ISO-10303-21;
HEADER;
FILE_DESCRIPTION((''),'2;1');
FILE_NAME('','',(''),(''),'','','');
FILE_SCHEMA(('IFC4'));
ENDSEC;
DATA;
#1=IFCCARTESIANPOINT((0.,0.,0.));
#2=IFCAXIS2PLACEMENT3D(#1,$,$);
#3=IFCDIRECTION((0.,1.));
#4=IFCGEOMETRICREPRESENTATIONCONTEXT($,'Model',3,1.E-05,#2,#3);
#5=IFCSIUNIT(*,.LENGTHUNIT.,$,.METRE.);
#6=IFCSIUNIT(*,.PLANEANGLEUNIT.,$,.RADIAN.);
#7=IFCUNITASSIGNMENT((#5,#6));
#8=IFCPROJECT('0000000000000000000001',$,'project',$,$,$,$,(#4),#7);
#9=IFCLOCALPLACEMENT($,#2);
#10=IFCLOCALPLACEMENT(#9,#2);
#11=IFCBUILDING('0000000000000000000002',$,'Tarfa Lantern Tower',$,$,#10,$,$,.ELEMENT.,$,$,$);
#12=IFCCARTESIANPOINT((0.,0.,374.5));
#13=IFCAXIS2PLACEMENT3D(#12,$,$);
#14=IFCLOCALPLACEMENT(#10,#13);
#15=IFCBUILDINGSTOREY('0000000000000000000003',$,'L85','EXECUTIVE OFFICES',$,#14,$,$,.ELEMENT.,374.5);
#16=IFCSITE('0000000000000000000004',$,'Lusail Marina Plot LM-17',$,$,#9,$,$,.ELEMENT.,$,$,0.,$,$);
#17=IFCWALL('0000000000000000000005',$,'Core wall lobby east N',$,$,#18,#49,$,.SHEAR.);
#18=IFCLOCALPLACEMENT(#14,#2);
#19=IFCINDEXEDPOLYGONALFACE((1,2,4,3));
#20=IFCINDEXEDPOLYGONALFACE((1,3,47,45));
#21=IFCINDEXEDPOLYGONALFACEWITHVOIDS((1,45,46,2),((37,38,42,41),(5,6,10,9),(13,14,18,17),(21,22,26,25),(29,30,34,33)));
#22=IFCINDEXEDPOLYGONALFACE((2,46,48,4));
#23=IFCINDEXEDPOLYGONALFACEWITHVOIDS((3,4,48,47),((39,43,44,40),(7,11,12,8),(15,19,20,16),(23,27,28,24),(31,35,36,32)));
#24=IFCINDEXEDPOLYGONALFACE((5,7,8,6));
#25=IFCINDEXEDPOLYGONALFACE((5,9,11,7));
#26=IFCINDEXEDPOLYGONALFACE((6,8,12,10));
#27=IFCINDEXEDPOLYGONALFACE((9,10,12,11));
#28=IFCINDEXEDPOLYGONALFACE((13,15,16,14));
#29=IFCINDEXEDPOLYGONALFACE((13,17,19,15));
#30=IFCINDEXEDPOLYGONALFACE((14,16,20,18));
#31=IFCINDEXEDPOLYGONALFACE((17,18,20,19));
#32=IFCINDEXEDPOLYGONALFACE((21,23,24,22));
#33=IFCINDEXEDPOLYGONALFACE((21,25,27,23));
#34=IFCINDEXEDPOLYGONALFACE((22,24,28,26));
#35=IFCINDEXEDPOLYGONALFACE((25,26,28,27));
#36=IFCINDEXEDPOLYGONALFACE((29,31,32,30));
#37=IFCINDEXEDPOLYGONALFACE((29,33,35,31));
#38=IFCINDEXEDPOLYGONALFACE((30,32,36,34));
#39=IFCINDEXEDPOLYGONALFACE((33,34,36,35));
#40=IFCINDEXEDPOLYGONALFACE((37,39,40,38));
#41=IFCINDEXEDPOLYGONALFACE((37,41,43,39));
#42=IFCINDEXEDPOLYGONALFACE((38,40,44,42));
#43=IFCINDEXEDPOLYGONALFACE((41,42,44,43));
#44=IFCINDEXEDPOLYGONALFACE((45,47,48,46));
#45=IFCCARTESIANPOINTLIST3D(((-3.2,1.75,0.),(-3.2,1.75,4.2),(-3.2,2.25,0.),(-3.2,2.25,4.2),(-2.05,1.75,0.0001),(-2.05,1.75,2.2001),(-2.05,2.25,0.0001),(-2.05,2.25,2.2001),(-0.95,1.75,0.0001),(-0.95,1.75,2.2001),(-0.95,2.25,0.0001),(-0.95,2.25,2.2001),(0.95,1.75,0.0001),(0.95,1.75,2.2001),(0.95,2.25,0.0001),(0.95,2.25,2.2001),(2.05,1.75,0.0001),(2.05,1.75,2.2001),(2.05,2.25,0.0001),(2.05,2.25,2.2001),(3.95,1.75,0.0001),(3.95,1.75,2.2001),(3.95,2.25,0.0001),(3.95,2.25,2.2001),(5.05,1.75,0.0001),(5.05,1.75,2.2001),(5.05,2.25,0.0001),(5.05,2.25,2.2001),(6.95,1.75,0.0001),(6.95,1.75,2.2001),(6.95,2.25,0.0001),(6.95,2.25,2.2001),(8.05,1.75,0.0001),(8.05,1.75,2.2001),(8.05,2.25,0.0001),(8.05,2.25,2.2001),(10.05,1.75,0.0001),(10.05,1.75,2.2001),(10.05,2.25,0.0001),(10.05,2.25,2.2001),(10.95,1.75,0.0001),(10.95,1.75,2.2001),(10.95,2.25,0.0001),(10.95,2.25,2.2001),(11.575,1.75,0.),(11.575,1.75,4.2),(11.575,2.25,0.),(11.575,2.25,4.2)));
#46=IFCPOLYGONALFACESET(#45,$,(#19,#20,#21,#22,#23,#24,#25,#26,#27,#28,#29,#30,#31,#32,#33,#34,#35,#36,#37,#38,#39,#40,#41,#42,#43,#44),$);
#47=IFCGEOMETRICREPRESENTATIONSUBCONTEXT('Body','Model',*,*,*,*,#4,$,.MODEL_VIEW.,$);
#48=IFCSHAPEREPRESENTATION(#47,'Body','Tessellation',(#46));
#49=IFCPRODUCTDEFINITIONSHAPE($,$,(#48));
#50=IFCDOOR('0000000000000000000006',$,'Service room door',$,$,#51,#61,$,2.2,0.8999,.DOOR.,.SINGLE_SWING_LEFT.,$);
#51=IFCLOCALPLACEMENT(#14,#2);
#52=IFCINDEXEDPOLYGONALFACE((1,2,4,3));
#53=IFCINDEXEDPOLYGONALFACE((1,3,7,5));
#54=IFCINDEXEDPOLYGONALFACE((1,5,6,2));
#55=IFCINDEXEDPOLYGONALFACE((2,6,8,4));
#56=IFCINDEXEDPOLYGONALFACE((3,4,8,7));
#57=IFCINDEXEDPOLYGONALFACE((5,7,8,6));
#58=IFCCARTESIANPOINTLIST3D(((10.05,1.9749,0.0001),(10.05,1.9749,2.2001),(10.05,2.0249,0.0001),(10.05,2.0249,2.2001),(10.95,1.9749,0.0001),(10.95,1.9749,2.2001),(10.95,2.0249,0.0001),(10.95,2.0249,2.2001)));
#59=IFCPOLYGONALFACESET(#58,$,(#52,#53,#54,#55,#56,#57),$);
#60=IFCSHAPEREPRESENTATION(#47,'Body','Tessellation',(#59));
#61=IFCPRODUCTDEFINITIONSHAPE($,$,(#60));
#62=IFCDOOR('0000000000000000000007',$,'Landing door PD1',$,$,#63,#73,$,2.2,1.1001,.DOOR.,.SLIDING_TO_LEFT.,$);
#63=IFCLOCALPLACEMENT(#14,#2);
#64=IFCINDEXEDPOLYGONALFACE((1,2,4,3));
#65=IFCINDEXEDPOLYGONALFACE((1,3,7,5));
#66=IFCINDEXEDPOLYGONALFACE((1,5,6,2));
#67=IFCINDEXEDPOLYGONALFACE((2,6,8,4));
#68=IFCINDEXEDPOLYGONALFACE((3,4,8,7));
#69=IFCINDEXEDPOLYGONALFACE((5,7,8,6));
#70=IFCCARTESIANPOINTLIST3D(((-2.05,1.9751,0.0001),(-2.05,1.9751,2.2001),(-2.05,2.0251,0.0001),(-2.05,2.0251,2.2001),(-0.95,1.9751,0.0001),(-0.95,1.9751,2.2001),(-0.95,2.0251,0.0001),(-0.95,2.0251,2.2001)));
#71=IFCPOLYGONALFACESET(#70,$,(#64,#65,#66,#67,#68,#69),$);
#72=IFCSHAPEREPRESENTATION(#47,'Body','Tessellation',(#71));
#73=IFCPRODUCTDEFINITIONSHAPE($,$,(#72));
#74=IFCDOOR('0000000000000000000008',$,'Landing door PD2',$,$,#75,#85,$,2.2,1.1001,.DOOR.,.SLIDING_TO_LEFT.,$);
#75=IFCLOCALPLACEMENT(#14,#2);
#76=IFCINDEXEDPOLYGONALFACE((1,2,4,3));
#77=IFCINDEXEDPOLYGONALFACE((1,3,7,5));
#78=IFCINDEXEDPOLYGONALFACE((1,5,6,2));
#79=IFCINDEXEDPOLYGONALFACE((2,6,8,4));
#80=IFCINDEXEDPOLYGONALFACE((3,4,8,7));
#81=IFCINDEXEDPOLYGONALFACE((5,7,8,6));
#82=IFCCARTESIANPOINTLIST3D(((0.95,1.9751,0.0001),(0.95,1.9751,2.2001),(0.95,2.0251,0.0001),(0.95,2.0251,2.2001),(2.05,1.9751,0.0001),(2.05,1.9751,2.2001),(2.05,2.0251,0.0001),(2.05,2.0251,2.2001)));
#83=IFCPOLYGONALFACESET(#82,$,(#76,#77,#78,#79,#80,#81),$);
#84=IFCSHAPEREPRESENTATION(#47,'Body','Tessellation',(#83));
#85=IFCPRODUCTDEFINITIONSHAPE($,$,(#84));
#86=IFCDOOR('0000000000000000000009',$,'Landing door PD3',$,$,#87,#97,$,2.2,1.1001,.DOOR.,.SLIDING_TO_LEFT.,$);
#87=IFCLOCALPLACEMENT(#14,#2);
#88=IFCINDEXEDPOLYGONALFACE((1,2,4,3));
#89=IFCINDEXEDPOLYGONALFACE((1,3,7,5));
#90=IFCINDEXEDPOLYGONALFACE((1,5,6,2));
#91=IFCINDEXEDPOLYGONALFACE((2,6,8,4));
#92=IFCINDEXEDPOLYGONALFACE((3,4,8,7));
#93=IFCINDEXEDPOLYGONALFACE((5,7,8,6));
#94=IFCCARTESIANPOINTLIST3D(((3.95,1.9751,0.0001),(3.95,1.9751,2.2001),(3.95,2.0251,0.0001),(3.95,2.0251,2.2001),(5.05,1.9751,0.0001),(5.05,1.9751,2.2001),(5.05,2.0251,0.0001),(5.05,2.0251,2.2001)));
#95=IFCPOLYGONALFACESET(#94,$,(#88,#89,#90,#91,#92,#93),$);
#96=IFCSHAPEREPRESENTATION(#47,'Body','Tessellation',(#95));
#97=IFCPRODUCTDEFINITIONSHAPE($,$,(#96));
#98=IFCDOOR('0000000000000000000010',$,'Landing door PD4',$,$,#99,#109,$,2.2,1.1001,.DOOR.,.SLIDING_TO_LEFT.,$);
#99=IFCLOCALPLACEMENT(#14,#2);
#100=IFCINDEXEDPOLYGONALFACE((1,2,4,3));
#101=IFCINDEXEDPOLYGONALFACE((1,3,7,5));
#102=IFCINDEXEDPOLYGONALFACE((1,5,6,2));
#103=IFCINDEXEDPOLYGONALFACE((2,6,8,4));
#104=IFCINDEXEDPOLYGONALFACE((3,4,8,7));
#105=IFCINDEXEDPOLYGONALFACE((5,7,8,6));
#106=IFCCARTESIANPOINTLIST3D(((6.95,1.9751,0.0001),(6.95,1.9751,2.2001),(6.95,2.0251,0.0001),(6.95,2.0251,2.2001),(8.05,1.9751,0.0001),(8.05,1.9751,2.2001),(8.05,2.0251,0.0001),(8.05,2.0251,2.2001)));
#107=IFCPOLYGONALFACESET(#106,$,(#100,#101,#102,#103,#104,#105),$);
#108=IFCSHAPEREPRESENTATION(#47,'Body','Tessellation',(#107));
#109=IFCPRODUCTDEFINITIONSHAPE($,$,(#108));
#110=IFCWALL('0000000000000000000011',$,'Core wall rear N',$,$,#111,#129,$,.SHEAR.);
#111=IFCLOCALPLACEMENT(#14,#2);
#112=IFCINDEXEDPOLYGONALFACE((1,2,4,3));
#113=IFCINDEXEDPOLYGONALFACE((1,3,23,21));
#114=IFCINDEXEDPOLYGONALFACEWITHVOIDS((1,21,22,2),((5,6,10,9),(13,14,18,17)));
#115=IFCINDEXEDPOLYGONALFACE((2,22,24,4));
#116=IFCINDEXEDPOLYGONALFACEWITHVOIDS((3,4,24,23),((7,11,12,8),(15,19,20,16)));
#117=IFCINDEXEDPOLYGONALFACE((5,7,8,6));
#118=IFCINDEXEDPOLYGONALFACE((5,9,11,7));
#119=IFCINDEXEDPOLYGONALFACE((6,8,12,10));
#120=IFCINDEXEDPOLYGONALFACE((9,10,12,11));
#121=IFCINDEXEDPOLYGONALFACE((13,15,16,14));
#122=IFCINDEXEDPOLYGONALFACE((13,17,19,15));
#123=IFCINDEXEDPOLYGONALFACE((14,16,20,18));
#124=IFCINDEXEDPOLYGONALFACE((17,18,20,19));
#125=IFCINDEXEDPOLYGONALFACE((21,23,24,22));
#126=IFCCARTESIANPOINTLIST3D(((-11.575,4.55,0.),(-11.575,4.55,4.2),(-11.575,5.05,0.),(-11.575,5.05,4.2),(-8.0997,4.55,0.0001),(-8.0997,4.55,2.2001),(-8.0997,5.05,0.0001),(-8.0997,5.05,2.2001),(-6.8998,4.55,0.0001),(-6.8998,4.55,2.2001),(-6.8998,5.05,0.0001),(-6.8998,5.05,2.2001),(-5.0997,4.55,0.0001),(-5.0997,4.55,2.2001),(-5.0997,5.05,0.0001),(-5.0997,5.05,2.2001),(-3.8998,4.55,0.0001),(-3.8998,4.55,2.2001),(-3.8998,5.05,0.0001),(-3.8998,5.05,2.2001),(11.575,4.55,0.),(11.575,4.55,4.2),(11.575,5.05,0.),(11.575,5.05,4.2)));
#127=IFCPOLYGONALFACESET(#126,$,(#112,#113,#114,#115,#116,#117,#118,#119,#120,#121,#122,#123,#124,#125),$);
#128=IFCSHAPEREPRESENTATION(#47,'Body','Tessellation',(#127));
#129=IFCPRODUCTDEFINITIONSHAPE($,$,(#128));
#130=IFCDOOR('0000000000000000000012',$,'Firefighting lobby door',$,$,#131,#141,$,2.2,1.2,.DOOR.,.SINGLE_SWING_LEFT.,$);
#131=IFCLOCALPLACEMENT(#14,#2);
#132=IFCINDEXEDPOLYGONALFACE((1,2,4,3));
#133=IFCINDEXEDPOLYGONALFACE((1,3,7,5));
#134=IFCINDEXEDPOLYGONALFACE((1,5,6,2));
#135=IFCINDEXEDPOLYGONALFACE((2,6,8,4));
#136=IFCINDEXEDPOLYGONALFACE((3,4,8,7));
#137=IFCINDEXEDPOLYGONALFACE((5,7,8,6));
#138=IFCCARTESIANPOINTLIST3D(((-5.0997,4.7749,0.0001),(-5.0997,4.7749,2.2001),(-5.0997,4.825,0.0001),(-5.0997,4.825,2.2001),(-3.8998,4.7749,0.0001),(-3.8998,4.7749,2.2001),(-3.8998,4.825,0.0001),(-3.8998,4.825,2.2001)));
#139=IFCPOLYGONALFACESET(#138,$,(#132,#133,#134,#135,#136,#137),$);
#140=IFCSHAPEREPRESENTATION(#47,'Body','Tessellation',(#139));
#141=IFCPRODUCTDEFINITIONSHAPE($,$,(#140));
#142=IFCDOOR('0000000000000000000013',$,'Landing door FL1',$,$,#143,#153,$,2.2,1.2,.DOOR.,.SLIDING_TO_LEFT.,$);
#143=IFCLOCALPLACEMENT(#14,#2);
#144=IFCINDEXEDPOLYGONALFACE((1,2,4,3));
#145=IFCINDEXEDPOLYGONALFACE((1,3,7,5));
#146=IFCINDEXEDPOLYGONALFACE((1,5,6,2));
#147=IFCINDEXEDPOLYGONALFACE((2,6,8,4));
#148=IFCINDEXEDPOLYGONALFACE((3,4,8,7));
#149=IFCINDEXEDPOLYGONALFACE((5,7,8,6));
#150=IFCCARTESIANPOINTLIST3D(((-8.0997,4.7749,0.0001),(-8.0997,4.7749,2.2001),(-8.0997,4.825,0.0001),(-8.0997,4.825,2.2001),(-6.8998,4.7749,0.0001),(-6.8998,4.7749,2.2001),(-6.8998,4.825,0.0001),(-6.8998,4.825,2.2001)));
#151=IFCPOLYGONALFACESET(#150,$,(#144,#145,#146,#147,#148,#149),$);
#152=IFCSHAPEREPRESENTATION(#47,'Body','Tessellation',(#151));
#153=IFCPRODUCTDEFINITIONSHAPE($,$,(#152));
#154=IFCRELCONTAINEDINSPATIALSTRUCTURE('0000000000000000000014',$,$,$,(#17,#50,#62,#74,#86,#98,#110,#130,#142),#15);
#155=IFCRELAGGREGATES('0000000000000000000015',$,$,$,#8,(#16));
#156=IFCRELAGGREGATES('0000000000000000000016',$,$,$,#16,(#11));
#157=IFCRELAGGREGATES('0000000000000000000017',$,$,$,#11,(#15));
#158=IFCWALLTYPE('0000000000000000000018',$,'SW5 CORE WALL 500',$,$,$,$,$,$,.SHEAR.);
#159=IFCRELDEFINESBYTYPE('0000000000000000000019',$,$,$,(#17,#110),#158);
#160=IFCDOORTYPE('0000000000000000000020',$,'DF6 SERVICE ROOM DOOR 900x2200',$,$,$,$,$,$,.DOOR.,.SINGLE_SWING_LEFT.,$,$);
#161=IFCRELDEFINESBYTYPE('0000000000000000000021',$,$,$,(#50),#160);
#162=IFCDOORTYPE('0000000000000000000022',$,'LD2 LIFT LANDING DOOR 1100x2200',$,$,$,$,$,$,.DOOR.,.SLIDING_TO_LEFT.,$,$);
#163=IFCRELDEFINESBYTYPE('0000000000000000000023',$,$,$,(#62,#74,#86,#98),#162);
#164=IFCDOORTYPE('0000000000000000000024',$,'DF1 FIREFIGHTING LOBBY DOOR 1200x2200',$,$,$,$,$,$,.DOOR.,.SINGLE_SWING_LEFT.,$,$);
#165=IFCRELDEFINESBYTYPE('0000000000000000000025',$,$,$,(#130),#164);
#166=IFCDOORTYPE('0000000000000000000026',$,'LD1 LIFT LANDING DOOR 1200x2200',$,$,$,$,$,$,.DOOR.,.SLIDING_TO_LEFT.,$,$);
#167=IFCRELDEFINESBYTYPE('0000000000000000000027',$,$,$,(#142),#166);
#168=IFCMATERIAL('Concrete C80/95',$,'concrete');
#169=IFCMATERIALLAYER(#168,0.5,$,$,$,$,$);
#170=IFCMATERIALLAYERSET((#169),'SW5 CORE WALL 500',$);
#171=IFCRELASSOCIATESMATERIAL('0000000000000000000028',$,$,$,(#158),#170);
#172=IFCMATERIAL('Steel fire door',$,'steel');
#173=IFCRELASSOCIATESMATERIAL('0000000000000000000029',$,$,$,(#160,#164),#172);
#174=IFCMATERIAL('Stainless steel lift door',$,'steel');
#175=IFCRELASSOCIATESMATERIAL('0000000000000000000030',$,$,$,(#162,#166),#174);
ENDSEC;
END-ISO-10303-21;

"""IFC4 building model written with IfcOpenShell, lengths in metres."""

from ifc_helpers import new_model, si_unit, direction, frame, frame_2d, origin, place, context, subcontext, project, spatial, rectangle, extrude, material, layer, layer_set, type_object, element, fill, save


model = new_model("IFC4")

# Units and contexts
model_context = context("Model", 3, precision=1e-05, world=origin(), true_north=direction((0.0, 1.0)))
body_context = subcontext(model_context, "Body", "Model", "MODEL_VIEW")
ifc_project = project(units=[si_unit("LENGTHUNIT", "METRE"), si_unit("PLANEANGLEUNIT", "RADIAN")], contexts=[model_context])

# Site, building, storey
site_placement = place(None, origin())
site = spatial("IfcSite", under=ifc_project, at=site_placement, Name="Lusail Marina Plot LM-17", CompositionType="ELEMENT", RefElevation=0.0)
building_placement = place(site_placement, origin())
building = spatial("IfcBuilding", under=site, at=building_placement, Name="Tarfa Lantern Tower", CompositionType="ELEMENT")
storey_placement = place(building_placement, frame((0.0, 0.0, 374.5)))
storey = spatial("IfcBuildingStorey", under=building, at=storey_placement, Name="L85", Description="EXECUTIVE OFFICES", CompositionType="ELEMENT", Elevation=374.5)

# Shared definitions
ifc_material_1 = material(Name="Concrete C80/95", Category="concrete")

# Shared definitions
ifc_material_2 = material(Name="Steel fire door", Category="steel")
ifc_layer_1 = layer(ifc_material_1, 0.5)
ifc_layer_set_1 = layer_set([ifc_layer_1], Name="SW5 CORE WALL 500")
wall_type_1 = type_object("IfcWallType", Name="SW5 CORE WALL 500", PredefinedType="SHEAR", material=ifc_layer_set_1)
door_type_1 = type_object("IfcDoorType", Name="DF6 SERVICE ROOM DOOR 900x2200", OperationType="SINGLE_SWING_LEFT", PredefinedType="DOOR", material=ifc_material_2)

# Walls, openings, doors
wall_1_placement = place(storey_placement, frame((-3.2, 2.0, 0.0), z_axis=(0.0, 0.0, 1.0), x_axis=(1.0, 0.0, 0.0)))
wall_1 = element("IfcWall", 1, at=wall_1_placement, inside=storey, type_object=wall_type_1, Name="Core wall lobby east N", PredefinedType="SHEAR", context=body_context, shape_type="SweptSolid", body=[
    extrude(rectangle(XDim=14.7749, YDim=0.5, at=frame_2d((7.3875, 0.0))), origin(), (0.0, 0.0, 1.0), 4.2),
])
opening_1_placement = place(wall_1_placement, frame((13.25, 0.0, 0.0)))
opening_1 = element("IfcOpeningElement", 2, at=opening_1_placement, cuts=wall_1, PredefinedType="OPENING", context=body_context, shape_type="SweptSolid", body=[
    extrude(rectangle(XDim=0.8999, YDim=2.2, at=frame_2d((0.45, 1.1001))), frame((0.0, 0.26, 0.0), z_axis=(0.0, -1.0, 0.0), x_axis=(1.0, 0.0, 0.0)), (0.0, 0.0, 1.0), 0.52),
])
opening_2_placement = place(wall_1_placement, frame((1.1499, 0.0, 0.0)))
opening_2 = element("IfcOpeningElement", 3, at=opening_2_placement, cuts=wall_1, PredefinedType="OPENING", context=body_context, shape_type="SweptSolid", body=[
    extrude(rectangle(XDim=1.1001, YDim=2.2, at=frame_2d((0.55, 1.1001))), frame((0.0, 0.26, 0.0), z_axis=(0.0, -1.0, 0.0), x_axis=(1.0, 0.0, 0.0)), (0.0, 0.0, 1.0), 0.52),
])
opening_3_placement = place(wall_1_placement, frame((4.1499, 0.0, 0.0)))
opening_3 = element("IfcOpeningElement", 4, at=opening_3_placement, cuts=wall_1, PredefinedType="OPENING", context=body_context, shape_type="SweptSolid", body=[
    extrude(rectangle(XDim=1.1001, YDim=2.2, at=frame_2d((0.55, 1.1001))), frame((0.0, 0.26, 0.0), z_axis=(0.0, -1.0, 0.0), x_axis=(1.0, 0.0, 0.0)), (0.0, 0.0, 1.0), 0.52),
])
opening_4_placement = place(wall_1_placement, frame((7.1499, 0.0, 0.0)))
opening_4 = element("IfcOpeningElement", 5, at=opening_4_placement, cuts=wall_1, PredefinedType="OPENING", context=body_context, shape_type="SweptSolid", body=[
    extrude(rectangle(XDim=1.1001, YDim=2.2, at=frame_2d((0.55, 1.1001))), frame((0.0, 0.26, 0.0), z_axis=(0.0, -1.0, 0.0), x_axis=(1.0, 0.0, 0.0)), (0.0, 0.0, 1.0), 0.52),
])
opening_5_placement = place(wall_1_placement, frame((10.1499, 0.0, 0.0)))
opening_5 = element("IfcOpeningElement", 6, at=opening_5_placement, cuts=wall_1, PredefinedType="OPENING", context=body_context, shape_type="SweptSolid", body=[
    extrude(rectangle(XDim=1.1001, YDim=2.2, at=frame_2d((0.55, 1.1001))), frame((0.0, 0.26, 0.0), z_axis=(0.0, -1.0, 0.0), x_axis=(1.0, 0.0, 0.0)), (0.0, 0.0, 1.0), 0.52),
])
door_1_placement = place(opening_1_placement, origin())
door_1 = element("IfcDoor", 7, at=door_1_placement, inside=storey, type_object=door_type_1, Name="Service room door", OperationType="SINGLE_SWING_LEFT", OverallHeight=2.2, OverallWidth=0.8999, PredefinedType="DOOR", context=body_context, shape_type="SweptSolid", body=[
    extrude(rectangle(XDim=0.8999, YDim=2.2, at=frame_2d((0.45, 1.1001))), frame((0.0, 0.0249, 0.0), z_axis=(0.0, -1.0, 0.0), x_axis=(1.0, 0.0, 0.0)), (0.0, 0.0, 1.0), 0.05),
])
fill(opening_1, door_1)
ifc_material_3 = material(Name="Stainless steel lift door", Category="steel")
door_type_2 = type_object("IfcDoorType", Name="LD2 LIFT LANDING DOOR 1100x2200", OperationType="SLIDING_TO_LEFT", PredefinedType="DOOR", material=ifc_material_3)
door_2_placement = place(opening_2_placement, frame((1.1001, 0.0, 0.0), z_axis=(0.0, 0.0, 1.0), x_axis=(-1.0, 0.0, 0.0)))
door_2 = element("IfcDoor", 8, at=door_2_placement, inside=storey, type_object=door_type_2, Name="Landing door PD1", OperationType="SLIDING_TO_LEFT", OverallHeight=2.2, OverallWidth=1.1001, PredefinedType="DOOR", context=body_context, shape_type="SweptSolid", body=[
    extrude(rectangle(XDim=1.1001, YDim=2.2, at=frame_2d((0.55, 1.1001))), frame((0.0, 0.0249, 0.0), z_axis=(0.0, -1.0, 0.0), x_axis=(1.0, 0.0, 0.0)), (0.0, 0.0, 1.0), 0.05),
])
fill(opening_2, door_2)
door_3_placement = place(opening_3_placement, frame((1.1001, 0.0, 0.0), z_axis=(0.0, 0.0, 1.0), x_axis=(-1.0, 0.0, 0.0)))
door_3 = element("IfcDoor", 9, at=door_3_placement, inside=storey, type_object=door_type_2, Name="Landing door PD2", OperationType="SLIDING_TO_LEFT", OverallHeight=2.2, OverallWidth=1.1001, PredefinedType="DOOR", context=body_context, shape_type="SweptSolid", body=[
    extrude(rectangle(XDim=1.1001, YDim=2.2, at=frame_2d((0.55, 1.1001))), frame((0.0, 0.0249, 0.0), z_axis=(0.0, -1.0, 0.0), x_axis=(1.0, 0.0, 0.0)), (0.0, 0.0, 1.0), 0.05),
])
fill(opening_3, door_3)
door_4_placement = place(opening_4_placement, frame((1.1001, 0.0, 0.0), z_axis=(0.0, 0.0, 1.0), x_axis=(-1.0, 0.0, 0.0)))
door_4 = element("IfcDoor", 10, at=door_4_placement, inside=storey, type_object=door_type_2, Name="Landing door PD3", OperationType="SLIDING_TO_LEFT", OverallHeight=2.2, OverallWidth=1.1001, PredefinedType="DOOR", context=body_context, shape_type="SweptSolid", body=[
    extrude(rectangle(XDim=1.1001, YDim=2.2, at=frame_2d((0.55, 1.1001))), frame((0.0, 0.0249, 0.0), z_axis=(0.0, -1.0, 0.0), x_axis=(1.0, 0.0, 0.0)), (0.0, 0.0, 1.0), 0.05),
])
fill(opening_4, door_4)
door_5_placement = place(opening_5_placement, frame((1.1001, 0.0, 0.0), z_axis=(0.0, 0.0, 1.0), x_axis=(-1.0, 0.0, 0.0)))
door_5 = element("IfcDoor", 11, at=door_5_placement, inside=storey, type_object=door_type_2, Name="Landing door PD4", OperationType="SLIDING_TO_LEFT", OverallHeight=2.2, OverallWidth=1.1001, PredefinedType="DOOR", context=body_context, shape_type="SweptSolid", body=[
    extrude(rectangle(XDim=1.1001, YDim=2.2, at=frame_2d((0.55, 1.1001))), frame((0.0, 0.0249, 0.0), z_axis=(0.0, -1.0, 0.0), x_axis=(1.0, 0.0, 0.0)), (0.0, 0.0, 1.0), 0.05),
])
fill(opening_5, door_5)
wall_2_placement = place(storey_placement, frame((-11.575, 4.8, 0.0), z_axis=(0.0, 0.0, 1.0), x_axis=(1.0, 0.0, 0.0)))
wall_2 = element("IfcWall", 12, at=wall_2_placement, inside=storey, type_object=wall_type_1, Name="Core wall rear N", PredefinedType="SHEAR", context=body_context, shape_type="SweptSolid", body=[
    extrude(rectangle(XDim=23.1499, YDim=0.5, at=frame_2d((11.575, 0.0))), origin(), (0.0, 0.0, 1.0), 4.2),
])
opening_6_placement = place(wall_2_placement, frame((6.4751, 0.0, 0.0)))
opening_6 = element("IfcOpeningElement", 13, at=opening_6_placement, cuts=wall_2, PredefinedType="OPENING", context=body_context, shape_type="SweptSolid", body=[
    extrude(rectangle(XDim=1.2, YDim=2.2, at=frame_2d((0.6001, 1.1001))), frame((0.0, 0.26, 0.0), z_axis=(0.0, -1.0, 0.0), x_axis=(1.0, 0.0, 0.0)), (0.0, 0.0, 1.0), 0.52),
])
opening_7_placement = place(wall_2_placement, frame((3.4751, 0.0, 0.0)))
opening_7 = element("IfcOpeningElement", 14, at=opening_7_placement, cuts=wall_2, PredefinedType="OPENING", context=body_context, shape_type="SweptSolid", body=[
    extrude(rectangle(XDim=1.2, YDim=2.2, at=frame_2d((0.6001, 1.1001))), frame((0.0, 0.26, 0.0), z_axis=(0.0, -1.0, 0.0), x_axis=(1.0, 0.0, 0.0)), (0.0, 0.0, 1.0), 0.52),
])
door_type_3 = type_object("IfcDoorType", Name="DF1 FIREFIGHTING LOBBY DOOR 1200x2200", OperationType="SINGLE_SWING_LEFT", PredefinedType="DOOR", material=ifc_material_2)
door_6_placement = place(opening_6_placement, origin())
door_6 = element("IfcDoor", 15, at=door_6_placement, inside=storey, type_object=door_type_3, Name="Firefighting lobby door", OperationType="SINGLE_SWING_LEFT", OverallHeight=2.2, OverallWidth=1.2, PredefinedType="DOOR", context=body_context, shape_type="SweptSolid", body=[
    extrude(rectangle(XDim=1.2, YDim=2.2, at=frame_2d((0.6001, 1.1001))), frame((0.0, 0.0249, 0.0), z_axis=(0.0, -1.0, 0.0), x_axis=(1.0, 0.0, 0.0)), (0.0, 0.0, 1.0), 0.05),
])
fill(opening_6, door_6)
door_type_4 = type_object("IfcDoorType", Name="LD1 LIFT LANDING DOOR 1200x2200", OperationType="SLIDING_TO_LEFT", PredefinedType="DOOR", material=ifc_material_3)
door_7_placement = place(opening_7_placement, origin())
door_7 = element("IfcDoor", 16, at=door_7_placement, inside=storey, type_object=door_type_4, Name="Landing door FL1", OperationType="SLIDING_TO_LEFT", OverallHeight=2.2, OverallWidth=1.2, PredefinedType="DOOR", context=body_context, shape_type="SweptSolid", body=[
    extrude(rectangle(XDim=1.2, YDim=2.2, at=frame_2d((0.6001, 1.1001))), frame((0.0, 0.0249, 0.0), z_axis=(0.0, -1.0, 0.0), x_axis=(1.0, 0.0, 0.0)), (0.0, 0.0, 1.0), 0.05),
])
fill(opening_7, door_7)

save(model, "model.ifc")
